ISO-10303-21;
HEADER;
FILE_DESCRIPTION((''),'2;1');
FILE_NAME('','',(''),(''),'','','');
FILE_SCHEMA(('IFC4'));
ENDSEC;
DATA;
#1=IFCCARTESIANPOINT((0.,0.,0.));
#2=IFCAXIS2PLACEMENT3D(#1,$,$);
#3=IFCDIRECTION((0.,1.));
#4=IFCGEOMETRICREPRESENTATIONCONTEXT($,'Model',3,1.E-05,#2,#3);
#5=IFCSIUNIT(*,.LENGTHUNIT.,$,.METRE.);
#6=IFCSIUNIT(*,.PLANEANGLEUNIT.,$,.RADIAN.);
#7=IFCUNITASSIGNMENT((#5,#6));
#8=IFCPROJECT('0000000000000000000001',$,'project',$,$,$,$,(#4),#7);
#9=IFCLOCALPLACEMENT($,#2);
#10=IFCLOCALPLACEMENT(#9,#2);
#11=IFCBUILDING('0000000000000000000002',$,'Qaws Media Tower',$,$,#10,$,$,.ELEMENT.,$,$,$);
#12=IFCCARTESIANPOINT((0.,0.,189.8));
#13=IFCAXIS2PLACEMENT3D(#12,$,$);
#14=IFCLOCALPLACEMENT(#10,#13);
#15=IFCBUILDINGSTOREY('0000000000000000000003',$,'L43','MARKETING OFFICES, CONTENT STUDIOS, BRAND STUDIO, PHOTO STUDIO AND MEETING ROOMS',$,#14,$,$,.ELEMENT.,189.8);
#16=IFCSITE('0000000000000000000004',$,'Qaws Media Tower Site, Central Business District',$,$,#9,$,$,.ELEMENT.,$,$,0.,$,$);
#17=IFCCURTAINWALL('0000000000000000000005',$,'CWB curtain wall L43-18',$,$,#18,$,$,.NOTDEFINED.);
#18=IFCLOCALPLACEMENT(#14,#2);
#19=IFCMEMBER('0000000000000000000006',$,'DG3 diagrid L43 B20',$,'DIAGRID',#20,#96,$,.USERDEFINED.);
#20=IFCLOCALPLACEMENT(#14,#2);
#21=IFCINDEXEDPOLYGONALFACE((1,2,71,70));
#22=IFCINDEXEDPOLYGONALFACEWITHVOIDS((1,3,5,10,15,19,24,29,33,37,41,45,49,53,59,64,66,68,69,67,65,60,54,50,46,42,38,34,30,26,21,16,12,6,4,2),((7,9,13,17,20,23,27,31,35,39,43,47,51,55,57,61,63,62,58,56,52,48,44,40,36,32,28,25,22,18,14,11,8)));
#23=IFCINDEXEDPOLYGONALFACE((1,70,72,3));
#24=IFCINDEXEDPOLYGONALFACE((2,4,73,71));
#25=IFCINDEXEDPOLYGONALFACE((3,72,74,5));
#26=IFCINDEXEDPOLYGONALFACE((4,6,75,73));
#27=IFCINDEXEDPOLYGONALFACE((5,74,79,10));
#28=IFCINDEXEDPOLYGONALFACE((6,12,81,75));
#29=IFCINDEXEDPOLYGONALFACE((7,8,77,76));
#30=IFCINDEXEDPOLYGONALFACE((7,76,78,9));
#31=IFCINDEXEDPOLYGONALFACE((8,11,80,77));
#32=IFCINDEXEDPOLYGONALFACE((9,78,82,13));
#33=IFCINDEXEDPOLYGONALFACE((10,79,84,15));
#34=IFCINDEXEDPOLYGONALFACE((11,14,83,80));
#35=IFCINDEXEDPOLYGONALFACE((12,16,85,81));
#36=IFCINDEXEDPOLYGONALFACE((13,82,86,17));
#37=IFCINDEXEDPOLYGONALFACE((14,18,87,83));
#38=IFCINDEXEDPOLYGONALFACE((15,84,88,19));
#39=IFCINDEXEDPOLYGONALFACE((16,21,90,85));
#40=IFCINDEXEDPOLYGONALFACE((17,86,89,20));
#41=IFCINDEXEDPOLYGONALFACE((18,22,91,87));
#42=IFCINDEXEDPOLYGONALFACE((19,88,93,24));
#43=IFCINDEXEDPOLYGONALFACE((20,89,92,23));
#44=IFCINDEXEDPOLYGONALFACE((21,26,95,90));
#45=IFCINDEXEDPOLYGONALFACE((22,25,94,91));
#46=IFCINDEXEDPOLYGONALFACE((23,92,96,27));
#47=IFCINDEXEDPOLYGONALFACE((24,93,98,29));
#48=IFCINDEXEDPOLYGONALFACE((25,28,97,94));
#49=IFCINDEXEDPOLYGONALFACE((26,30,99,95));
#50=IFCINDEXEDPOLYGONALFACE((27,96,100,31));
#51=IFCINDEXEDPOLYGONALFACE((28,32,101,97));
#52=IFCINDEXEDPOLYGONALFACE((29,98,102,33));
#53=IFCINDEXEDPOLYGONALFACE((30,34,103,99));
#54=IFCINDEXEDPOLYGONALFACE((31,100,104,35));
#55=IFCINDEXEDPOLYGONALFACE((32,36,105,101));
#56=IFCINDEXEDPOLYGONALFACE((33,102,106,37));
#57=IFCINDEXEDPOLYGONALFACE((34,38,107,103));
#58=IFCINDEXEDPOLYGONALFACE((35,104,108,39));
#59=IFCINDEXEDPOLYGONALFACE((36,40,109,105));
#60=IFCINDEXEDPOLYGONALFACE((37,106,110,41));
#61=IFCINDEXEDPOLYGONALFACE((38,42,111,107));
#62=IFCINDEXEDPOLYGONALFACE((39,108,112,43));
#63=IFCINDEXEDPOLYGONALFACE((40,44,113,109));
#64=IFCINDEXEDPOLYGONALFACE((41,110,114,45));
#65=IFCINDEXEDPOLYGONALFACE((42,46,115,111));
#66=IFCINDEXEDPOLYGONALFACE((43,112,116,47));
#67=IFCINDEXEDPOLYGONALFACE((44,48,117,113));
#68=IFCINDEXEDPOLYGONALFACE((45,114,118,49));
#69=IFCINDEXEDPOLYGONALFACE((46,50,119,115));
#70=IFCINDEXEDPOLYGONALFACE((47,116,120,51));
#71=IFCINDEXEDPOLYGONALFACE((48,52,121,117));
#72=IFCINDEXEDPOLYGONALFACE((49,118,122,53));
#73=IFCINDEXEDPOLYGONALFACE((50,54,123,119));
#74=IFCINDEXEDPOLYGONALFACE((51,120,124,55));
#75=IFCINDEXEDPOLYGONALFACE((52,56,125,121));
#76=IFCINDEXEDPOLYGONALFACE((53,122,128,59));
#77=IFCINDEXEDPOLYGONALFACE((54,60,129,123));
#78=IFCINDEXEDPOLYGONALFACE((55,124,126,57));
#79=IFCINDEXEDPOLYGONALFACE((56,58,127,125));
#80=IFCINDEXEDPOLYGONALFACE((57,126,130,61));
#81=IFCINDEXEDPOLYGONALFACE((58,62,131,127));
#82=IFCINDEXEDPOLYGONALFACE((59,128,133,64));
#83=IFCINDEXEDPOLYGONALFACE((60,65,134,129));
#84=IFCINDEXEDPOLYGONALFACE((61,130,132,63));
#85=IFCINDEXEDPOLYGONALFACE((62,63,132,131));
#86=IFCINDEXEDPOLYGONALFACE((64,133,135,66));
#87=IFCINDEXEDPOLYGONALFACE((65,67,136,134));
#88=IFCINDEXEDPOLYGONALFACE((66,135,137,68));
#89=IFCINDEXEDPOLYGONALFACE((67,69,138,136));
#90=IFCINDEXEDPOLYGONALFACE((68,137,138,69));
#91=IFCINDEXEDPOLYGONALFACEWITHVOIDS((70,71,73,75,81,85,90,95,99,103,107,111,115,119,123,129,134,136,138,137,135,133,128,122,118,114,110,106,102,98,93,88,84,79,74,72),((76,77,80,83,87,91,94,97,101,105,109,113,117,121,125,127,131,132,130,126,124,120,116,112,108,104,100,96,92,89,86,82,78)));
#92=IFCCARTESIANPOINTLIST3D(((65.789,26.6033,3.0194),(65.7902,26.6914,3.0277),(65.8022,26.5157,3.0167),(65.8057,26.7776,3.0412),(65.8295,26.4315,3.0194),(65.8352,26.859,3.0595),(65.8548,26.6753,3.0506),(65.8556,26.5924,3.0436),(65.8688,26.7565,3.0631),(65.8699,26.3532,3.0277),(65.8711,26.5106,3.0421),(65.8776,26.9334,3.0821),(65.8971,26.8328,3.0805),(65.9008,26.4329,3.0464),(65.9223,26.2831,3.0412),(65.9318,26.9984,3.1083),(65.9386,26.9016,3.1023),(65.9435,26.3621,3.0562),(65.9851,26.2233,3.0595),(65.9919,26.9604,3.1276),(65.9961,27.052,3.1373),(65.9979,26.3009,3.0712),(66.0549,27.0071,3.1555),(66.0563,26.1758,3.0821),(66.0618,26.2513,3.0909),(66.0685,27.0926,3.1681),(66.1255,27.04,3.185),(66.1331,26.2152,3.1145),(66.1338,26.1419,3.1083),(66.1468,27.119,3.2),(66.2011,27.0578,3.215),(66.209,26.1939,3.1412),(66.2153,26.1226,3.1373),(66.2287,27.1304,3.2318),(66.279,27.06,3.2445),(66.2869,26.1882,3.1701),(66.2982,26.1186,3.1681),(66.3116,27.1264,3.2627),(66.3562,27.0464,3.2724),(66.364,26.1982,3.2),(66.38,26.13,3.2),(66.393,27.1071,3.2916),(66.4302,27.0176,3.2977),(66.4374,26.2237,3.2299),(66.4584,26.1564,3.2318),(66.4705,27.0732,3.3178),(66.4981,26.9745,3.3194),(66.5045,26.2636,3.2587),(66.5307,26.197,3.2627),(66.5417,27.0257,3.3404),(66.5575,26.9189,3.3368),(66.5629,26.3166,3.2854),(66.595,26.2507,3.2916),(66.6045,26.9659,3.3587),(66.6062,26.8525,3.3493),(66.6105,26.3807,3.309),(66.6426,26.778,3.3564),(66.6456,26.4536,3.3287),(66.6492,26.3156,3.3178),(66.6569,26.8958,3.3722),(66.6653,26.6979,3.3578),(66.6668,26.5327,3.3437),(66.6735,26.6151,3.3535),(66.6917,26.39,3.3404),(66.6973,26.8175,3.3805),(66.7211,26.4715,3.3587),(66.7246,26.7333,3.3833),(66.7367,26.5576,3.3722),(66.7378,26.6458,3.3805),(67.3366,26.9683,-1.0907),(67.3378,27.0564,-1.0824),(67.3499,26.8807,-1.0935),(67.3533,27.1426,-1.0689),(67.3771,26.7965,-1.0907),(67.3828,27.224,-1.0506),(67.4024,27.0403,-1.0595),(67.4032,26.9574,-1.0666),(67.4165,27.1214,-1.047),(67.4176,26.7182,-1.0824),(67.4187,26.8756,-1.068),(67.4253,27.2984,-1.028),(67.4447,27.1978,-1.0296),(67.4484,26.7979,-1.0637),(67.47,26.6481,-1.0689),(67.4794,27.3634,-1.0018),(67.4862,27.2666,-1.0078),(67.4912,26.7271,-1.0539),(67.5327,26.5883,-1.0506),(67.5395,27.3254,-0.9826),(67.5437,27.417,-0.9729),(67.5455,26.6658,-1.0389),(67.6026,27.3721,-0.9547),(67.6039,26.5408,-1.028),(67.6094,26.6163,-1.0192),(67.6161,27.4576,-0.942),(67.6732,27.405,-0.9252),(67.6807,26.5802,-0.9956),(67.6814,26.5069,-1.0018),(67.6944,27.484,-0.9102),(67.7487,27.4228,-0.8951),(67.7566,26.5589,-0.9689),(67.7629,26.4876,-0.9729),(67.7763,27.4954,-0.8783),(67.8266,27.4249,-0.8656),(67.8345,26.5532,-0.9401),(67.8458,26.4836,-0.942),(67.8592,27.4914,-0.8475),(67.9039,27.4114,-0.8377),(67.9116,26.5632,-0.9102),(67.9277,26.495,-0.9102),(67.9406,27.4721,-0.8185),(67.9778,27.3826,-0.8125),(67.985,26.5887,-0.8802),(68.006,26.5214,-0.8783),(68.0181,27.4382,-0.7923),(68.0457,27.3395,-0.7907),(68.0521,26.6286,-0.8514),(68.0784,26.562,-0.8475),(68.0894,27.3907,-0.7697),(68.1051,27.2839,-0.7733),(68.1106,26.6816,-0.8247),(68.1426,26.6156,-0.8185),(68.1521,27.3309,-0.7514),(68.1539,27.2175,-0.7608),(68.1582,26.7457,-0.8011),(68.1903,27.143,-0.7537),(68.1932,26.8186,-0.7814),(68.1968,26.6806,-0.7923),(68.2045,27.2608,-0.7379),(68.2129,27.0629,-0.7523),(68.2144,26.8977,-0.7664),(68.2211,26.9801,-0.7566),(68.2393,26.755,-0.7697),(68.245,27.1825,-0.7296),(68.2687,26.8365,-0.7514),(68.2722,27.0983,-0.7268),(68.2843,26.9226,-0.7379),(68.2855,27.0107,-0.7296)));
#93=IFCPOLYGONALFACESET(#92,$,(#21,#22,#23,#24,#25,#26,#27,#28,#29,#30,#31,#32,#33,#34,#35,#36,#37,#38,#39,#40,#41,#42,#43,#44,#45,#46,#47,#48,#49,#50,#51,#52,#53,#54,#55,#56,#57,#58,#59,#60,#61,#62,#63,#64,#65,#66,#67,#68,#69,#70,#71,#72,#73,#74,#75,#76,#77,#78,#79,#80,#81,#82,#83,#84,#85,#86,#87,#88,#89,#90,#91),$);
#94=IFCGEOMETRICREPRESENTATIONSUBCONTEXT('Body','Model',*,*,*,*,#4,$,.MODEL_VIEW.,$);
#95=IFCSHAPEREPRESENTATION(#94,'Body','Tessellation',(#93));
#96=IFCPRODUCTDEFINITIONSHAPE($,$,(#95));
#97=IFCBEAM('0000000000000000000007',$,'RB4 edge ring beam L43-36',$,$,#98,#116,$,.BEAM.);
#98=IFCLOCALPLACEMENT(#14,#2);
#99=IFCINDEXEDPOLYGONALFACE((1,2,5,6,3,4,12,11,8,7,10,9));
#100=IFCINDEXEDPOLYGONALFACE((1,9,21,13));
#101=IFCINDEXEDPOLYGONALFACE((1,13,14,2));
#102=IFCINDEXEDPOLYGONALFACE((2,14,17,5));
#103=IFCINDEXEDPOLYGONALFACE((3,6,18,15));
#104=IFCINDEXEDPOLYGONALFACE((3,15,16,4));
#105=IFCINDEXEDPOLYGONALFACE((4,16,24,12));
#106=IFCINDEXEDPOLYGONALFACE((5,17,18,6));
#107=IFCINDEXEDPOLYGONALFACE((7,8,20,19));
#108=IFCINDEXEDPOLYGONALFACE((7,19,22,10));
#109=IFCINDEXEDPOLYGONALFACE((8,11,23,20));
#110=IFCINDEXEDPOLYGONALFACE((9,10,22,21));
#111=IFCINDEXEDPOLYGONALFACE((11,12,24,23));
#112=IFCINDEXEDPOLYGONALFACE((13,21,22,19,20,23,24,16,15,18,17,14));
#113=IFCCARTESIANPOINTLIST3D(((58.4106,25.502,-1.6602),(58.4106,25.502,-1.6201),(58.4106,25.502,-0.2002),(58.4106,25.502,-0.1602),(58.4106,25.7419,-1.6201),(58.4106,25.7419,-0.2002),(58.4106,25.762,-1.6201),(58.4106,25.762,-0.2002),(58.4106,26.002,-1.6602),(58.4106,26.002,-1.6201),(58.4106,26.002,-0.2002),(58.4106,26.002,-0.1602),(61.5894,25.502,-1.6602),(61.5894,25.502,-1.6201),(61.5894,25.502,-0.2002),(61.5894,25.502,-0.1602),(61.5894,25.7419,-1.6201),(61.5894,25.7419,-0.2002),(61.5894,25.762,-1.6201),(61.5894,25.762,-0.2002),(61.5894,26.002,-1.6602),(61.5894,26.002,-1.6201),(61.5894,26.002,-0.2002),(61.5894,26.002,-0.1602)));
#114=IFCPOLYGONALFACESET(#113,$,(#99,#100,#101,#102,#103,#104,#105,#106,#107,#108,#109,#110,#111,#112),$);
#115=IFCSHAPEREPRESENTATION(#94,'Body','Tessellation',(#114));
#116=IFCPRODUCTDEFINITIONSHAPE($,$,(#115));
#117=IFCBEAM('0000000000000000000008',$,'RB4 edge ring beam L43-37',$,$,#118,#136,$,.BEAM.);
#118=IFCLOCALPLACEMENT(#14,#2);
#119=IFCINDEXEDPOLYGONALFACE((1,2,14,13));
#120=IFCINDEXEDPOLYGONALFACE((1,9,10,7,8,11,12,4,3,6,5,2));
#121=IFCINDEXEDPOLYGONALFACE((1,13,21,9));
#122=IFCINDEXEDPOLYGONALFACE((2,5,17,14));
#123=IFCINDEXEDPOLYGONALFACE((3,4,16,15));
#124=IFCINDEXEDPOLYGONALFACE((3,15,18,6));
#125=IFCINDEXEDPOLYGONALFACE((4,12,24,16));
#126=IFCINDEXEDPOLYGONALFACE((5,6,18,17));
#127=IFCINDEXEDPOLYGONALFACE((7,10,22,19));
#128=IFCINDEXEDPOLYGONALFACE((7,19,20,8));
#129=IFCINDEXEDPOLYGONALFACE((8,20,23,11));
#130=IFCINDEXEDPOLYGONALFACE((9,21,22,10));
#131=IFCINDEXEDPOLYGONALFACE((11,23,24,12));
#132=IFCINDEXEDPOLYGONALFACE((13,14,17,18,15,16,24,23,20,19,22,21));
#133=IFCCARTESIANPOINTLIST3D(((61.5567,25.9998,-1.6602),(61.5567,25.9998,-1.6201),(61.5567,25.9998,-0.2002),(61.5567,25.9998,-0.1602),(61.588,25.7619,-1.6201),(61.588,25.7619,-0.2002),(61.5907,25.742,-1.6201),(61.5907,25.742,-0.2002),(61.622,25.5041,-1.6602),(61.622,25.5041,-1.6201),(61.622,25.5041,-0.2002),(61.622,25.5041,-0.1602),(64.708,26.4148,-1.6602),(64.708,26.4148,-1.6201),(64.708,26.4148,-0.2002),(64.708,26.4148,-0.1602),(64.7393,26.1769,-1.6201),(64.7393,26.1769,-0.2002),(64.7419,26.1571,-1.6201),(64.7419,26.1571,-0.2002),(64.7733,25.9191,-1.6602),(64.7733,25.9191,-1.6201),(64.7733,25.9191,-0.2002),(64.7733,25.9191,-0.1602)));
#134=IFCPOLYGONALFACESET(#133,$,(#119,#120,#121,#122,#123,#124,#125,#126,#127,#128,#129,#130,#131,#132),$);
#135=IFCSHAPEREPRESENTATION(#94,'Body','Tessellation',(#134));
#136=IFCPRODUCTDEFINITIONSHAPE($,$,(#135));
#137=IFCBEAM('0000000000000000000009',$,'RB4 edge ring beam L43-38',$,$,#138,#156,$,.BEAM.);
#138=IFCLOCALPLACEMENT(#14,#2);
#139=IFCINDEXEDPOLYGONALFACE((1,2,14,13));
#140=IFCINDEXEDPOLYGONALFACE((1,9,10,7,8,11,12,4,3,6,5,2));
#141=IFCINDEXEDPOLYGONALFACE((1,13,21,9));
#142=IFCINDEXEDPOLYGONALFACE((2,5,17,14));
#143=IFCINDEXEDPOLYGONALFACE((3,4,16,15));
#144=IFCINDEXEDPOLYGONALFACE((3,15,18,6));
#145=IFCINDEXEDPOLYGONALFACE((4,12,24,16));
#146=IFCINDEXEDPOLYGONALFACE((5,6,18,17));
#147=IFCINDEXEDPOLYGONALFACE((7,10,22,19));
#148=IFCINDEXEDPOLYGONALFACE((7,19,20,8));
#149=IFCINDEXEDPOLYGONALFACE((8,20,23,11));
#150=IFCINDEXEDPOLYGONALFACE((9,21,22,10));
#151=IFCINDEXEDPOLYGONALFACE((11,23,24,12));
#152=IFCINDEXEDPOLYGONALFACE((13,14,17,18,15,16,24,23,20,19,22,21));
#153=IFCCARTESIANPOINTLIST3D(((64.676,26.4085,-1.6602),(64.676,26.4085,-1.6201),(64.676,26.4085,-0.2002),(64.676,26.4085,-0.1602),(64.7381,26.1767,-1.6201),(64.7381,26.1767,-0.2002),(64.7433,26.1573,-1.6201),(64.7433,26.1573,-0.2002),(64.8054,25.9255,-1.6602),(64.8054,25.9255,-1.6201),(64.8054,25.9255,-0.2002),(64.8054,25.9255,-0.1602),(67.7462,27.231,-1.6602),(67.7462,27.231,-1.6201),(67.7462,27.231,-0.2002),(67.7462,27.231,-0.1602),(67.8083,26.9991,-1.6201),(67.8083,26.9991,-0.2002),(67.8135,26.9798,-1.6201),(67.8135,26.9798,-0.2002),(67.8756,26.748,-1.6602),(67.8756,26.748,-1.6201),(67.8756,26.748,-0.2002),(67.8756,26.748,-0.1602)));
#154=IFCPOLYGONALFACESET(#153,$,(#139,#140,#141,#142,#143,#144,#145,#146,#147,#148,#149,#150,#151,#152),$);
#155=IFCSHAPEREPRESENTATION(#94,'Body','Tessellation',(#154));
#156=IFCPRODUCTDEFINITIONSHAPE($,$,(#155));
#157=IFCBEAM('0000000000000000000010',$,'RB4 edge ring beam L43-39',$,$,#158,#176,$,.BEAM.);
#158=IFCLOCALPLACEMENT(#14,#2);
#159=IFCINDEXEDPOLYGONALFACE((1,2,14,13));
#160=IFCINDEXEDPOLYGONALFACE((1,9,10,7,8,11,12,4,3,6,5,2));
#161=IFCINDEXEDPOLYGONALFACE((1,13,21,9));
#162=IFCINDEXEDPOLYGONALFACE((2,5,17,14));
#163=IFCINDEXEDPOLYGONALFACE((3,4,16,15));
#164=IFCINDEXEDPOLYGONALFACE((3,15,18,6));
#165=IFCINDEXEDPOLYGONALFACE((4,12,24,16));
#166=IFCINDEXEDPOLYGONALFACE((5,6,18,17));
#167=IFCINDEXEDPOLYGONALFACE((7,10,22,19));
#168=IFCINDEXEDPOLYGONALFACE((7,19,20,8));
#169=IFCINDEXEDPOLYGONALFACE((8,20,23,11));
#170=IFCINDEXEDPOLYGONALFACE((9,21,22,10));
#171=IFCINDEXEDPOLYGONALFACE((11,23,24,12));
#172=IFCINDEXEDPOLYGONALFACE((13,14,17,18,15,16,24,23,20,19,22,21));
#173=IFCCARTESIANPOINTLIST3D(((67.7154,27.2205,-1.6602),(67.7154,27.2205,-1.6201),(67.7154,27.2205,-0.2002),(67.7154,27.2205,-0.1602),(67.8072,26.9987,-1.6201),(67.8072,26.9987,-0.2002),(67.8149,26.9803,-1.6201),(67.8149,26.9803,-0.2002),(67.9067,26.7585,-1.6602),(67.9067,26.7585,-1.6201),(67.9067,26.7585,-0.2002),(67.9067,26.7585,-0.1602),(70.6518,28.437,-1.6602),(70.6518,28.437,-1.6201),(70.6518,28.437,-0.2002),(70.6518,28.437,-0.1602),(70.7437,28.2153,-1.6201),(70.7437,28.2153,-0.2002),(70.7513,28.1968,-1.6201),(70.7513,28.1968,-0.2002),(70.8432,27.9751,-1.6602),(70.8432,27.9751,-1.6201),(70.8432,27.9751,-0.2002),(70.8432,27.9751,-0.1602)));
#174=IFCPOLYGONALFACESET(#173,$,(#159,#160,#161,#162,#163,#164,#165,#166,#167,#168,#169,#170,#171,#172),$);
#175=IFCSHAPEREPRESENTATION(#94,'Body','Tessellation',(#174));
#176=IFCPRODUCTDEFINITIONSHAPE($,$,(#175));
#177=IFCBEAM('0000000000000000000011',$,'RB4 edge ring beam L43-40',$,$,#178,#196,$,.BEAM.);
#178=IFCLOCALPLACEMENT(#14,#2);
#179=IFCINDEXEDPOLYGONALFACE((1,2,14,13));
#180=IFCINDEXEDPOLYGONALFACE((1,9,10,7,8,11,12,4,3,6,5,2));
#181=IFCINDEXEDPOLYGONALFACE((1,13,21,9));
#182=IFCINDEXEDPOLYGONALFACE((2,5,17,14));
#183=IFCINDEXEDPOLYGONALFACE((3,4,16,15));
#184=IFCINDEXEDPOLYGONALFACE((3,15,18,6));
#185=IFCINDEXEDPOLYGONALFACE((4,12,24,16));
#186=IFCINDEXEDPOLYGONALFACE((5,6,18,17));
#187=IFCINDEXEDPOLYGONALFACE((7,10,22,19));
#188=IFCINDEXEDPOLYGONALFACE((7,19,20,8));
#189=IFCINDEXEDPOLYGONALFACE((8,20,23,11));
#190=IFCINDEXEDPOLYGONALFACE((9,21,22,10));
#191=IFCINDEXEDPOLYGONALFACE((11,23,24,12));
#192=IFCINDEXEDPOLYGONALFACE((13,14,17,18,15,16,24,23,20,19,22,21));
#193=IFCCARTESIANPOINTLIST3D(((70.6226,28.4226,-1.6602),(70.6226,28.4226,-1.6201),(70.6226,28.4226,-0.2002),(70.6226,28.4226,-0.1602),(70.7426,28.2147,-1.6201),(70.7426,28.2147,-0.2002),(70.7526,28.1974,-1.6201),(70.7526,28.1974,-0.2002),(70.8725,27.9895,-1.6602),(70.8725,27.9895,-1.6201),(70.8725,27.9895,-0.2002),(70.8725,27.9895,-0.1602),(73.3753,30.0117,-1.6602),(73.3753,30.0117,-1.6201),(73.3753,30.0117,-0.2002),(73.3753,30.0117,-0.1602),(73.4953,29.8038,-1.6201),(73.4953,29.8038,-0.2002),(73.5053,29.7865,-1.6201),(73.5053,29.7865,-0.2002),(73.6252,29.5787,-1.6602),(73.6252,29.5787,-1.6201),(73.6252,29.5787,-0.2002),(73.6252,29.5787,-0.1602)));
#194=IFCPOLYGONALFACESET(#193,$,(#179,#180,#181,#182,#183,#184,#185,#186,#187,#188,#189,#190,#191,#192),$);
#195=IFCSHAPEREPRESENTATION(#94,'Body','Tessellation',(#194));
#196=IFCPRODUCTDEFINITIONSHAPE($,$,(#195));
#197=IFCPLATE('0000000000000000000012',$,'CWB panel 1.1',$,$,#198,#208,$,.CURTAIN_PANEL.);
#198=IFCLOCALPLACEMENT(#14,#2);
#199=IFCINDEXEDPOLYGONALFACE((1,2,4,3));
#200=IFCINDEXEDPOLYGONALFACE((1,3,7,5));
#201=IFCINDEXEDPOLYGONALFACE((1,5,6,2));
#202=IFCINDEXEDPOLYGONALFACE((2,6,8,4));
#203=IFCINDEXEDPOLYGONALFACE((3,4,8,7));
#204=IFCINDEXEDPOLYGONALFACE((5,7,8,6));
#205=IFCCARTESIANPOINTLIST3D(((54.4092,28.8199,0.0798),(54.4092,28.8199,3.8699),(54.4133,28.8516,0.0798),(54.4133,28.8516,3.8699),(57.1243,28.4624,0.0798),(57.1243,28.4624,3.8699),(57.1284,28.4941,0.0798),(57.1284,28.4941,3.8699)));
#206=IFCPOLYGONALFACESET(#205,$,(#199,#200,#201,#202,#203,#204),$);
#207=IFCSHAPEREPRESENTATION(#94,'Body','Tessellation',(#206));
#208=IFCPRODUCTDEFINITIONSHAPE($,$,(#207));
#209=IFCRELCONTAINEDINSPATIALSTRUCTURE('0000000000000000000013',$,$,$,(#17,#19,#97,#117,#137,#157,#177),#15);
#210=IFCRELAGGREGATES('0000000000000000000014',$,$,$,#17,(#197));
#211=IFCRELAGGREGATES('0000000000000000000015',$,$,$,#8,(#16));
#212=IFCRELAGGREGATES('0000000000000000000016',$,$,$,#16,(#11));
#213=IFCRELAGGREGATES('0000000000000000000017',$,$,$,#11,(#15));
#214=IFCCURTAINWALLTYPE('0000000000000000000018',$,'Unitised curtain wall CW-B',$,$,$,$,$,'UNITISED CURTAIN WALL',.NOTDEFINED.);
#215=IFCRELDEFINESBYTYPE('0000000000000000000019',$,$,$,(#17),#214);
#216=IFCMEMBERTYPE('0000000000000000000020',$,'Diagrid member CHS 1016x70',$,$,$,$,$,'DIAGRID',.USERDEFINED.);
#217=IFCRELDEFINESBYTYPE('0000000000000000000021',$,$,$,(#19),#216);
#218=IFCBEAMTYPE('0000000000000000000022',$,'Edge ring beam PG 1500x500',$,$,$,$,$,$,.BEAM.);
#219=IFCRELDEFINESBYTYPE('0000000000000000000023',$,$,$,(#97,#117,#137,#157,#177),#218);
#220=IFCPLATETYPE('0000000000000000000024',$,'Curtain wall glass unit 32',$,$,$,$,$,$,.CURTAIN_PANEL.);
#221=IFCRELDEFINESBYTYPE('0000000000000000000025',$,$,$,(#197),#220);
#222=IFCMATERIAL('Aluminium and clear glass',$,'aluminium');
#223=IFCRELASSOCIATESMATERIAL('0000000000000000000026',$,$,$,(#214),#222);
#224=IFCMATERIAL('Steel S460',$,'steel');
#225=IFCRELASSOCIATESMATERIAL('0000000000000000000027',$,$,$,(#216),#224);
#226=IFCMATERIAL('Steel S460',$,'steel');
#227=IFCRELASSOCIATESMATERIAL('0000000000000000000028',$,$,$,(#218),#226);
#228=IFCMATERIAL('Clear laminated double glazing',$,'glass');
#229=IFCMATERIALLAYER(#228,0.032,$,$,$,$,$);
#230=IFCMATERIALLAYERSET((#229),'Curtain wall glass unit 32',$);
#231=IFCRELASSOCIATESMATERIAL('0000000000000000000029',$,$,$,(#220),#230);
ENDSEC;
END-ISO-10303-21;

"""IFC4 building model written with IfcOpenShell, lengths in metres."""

from ifc_helpers import new_model, si_unit, direction, frame, origin, origin_2d, place, context, subcontext, project, spatial, rectangle, hollow_circle, i_section, extrude, material, layer, layer_set, material_profile, profile_set, type_object, element, aggregate, save


model = new_model("IFC4")

# Units and contexts
model_context = context("Model", 3, precision=1e-05, world=origin(), true_north=direction((0.0, 1.0)))
body_context = subcontext(model_context, "Body", "Model", "MODEL_VIEW")
ifc_project = project(units=[si_unit("LENGTHUNIT", "METRE"), si_unit("PLANEANGLEUNIT", "RADIAN")], contexts=[model_context])

# Site, building, storey
site_placement = place(None, origin())
site = spatial("IfcSite", under=ifc_project, at=site_placement, Name="Qaws Media Tower Site, Central Business District", CompositionType="ELEMENT", RefElevation=0.0)
building_placement = place(site_placement, origin())
building = spatial("IfcBuilding", under=site, at=building_placement, Name="Qaws Media Tower", CompositionType="ELEMENT")
storey_placement = place(building_placement, frame((0.0, 0.0, 189.8)))
storey = spatial("IfcBuildingStorey", under=building, at=storey_placement, Name="L43", Description="MARKETING OFFICES, CONTENT STUDIOS, BRAND STUDIO, PHOTO STUDIO AND MEETING ROOMS", CompositionType="ELEMENT", Elevation=189.8)

# Curtain wall
ifc_material_1 = material(Name="Aluminium and clear glass", Category="aluminium")
curtain_wall_type = type_object("IfcCurtainWallType", Name="Unitised curtain wall CW-B", ElementType="UNITISED CURTAIN WALL", PredefinedType="NOTDEFINED", material=ifc_material_1)
curtain_wall_1_placement = place(storey_placement, origin())
curtain_wall_1 = element("IfcCurtainWall", 1, at=curtain_wall_1_placement, inside=storey, type_object=curtain_wall_type, Name="CWB curtain wall L43-18", PredefinedType="NOTDEFINED")

# Member
ifc_material_2 = material(Name="Steel S460", Category="steel")
ifc_material_profile_1 = material_profile(ifc_material_2, hollow_circle(Radius=0.5081, WallThickness=0.0701, at=origin_2d()), Name="CHS 1016x70")
ifc_profile_set_1 = profile_set([ifc_material_profile_1], Name="Steel S460")
member_type_1 = type_object("IfcMemberType", Name="Diagrid member CHS 1016x70", ElementType="DIAGRID", PredefinedType="USERDEFINED", material=ifc_profile_set_1)
for number, where, z_axis, x_axis, name in (
    (2, (67.811, 26.9895, -0.9102), (-0.351174, -0.082821, 0.93264), (0.229544, -0.973298, 0.0), "DG3 diagrid L43 B20"),
):
    element("IfcMember", number, at=place(storey_placement, frame(where, z_axis=z_axis, x_axis=x_axis)), inside=storey, type_object=member_type_1, Name=name, ObjectType="DIAGRID", PredefinedType="USERDEFINED", context=body_context, shape_type="SweptSolid", body=[
        extrude(hollow_circle(Radius=0.5081, WallThickness=0.0701, at=origin_2d()), origin(), (0.0, 0.0, 1.0), 4.407),
    ])

# Beams
ifc_material_3 = material(Name="Steel S460", Category="steel")
ifc_material_profile_2 = material_profile(ifc_material_3, i_section(OverallWidth=0.5, OverallDepth=1.5, WebThickness=0.02, FlangeThickness=0.04, at=origin_2d()), Name="PG 1500x500")
ifc_profile_set_2 = profile_set([ifc_material_profile_2], Name="Steel S460")
beam_type = type_object("IfcBeamType", Name="Edge ring beam PG 1500x500", PredefinedType="BEAM", material=ifc_profile_set_2)
beam_placement = place(storey_placement, frame((58.4106, 25.752, -0.9102), z_axis=(1.0, 0.0, 0.0), x_axis=(0.0, 1.0, 0.0)))
element("IfcBeam", 3, at=beam_placement, inside=storey, type_object=beam_type, Name="RB4 edge ring beam L43-36", PredefinedType="BEAM", context=body_context, shape_type="SweptSolid", body=[
    extrude(i_section(OverallWidth=0.5, OverallDepth=1.5, WebThickness=0.02, FlangeThickness=0.04, at=origin_2d()), origin(), (0.0, 0.0, 1.0), 3.1787),
])
for number, where, z_axis, x_axis, name in (
    (4, (61.5894, 25.752, -0.9102), (0.991439, 0.130574, 0.0), (-0.130574, 0.991439, 0.0), "RB4 edge ring beam L43-37"),
    (5, (64.7407, 26.167, -0.9102), (0.96594, 0.258767, 0.0), (-0.258767, 0.96594, 0.0), "RB4 edge ring beam L43-38"),
    (6, (67.811, 26.9895, -0.9102), (0.923857, 0.382738, 0.0), (-0.382738, 0.923857, 0.0), "RB4 edge ring beam L43-39"),
    (7, (70.7476, 28.2061, -0.9102), (0.866046, 0.499964, 0.0), (-0.499964, 0.866046, 0.0), "RB4 edge ring beam L43-40"),
):
    element("IfcBeam", number, at=place(storey_placement, frame(where, z_axis=z_axis, x_axis=x_axis)), inside=storey, type_object=beam_type, Name=name, PredefinedType="BEAM", context=body_context, shape_type="SweptSolid", body=[
        extrude(i_section(OverallWidth=0.5, OverallDepth=1.5, WebThickness=0.02, FlangeThickness=0.04, at=origin_2d()), origin(), (0.0, 0.0, 1.0), 3.1785),
    ])

# Plate
ifc_material_4 = material(Name="Clear laminated double glazing", Category="glass")
ifc_layer_1 = layer(ifc_material_4, 0.032)
ifc_layer_set_1 = layer_set([ifc_layer_1], Name="Curtain wall glass unit 32")
plate_type_1 = type_object("IfcPlateType", Name="Curtain wall glass unit 32", PredefinedType="CURTAIN_PANEL", material=ifc_layer_set_1)
plate_1_placement = place(storey_placement, frame((55.7688, 28.657, 0.0798), z_axis=(0.0, 0.0, 1.0), x_axis=(0.991445, -0.130526, 0.0)))
plate_1 = element("IfcPlate", 8, at=plate_1_placement, type_object=plate_type_1, Name="CWB panel 1.1", PredefinedType="CURTAIN_PANEL", context=body_context, shape_type="SweptSolid", body=[
    extrude(rectangle(XDim=2.7385, YDim=0.032, at=origin_2d()), origin(), (0.0, 0.0, 1.0), 3.79),
])
aggregate(curtain_wall_1, [plate_1])

save(model, "model.ifc")
